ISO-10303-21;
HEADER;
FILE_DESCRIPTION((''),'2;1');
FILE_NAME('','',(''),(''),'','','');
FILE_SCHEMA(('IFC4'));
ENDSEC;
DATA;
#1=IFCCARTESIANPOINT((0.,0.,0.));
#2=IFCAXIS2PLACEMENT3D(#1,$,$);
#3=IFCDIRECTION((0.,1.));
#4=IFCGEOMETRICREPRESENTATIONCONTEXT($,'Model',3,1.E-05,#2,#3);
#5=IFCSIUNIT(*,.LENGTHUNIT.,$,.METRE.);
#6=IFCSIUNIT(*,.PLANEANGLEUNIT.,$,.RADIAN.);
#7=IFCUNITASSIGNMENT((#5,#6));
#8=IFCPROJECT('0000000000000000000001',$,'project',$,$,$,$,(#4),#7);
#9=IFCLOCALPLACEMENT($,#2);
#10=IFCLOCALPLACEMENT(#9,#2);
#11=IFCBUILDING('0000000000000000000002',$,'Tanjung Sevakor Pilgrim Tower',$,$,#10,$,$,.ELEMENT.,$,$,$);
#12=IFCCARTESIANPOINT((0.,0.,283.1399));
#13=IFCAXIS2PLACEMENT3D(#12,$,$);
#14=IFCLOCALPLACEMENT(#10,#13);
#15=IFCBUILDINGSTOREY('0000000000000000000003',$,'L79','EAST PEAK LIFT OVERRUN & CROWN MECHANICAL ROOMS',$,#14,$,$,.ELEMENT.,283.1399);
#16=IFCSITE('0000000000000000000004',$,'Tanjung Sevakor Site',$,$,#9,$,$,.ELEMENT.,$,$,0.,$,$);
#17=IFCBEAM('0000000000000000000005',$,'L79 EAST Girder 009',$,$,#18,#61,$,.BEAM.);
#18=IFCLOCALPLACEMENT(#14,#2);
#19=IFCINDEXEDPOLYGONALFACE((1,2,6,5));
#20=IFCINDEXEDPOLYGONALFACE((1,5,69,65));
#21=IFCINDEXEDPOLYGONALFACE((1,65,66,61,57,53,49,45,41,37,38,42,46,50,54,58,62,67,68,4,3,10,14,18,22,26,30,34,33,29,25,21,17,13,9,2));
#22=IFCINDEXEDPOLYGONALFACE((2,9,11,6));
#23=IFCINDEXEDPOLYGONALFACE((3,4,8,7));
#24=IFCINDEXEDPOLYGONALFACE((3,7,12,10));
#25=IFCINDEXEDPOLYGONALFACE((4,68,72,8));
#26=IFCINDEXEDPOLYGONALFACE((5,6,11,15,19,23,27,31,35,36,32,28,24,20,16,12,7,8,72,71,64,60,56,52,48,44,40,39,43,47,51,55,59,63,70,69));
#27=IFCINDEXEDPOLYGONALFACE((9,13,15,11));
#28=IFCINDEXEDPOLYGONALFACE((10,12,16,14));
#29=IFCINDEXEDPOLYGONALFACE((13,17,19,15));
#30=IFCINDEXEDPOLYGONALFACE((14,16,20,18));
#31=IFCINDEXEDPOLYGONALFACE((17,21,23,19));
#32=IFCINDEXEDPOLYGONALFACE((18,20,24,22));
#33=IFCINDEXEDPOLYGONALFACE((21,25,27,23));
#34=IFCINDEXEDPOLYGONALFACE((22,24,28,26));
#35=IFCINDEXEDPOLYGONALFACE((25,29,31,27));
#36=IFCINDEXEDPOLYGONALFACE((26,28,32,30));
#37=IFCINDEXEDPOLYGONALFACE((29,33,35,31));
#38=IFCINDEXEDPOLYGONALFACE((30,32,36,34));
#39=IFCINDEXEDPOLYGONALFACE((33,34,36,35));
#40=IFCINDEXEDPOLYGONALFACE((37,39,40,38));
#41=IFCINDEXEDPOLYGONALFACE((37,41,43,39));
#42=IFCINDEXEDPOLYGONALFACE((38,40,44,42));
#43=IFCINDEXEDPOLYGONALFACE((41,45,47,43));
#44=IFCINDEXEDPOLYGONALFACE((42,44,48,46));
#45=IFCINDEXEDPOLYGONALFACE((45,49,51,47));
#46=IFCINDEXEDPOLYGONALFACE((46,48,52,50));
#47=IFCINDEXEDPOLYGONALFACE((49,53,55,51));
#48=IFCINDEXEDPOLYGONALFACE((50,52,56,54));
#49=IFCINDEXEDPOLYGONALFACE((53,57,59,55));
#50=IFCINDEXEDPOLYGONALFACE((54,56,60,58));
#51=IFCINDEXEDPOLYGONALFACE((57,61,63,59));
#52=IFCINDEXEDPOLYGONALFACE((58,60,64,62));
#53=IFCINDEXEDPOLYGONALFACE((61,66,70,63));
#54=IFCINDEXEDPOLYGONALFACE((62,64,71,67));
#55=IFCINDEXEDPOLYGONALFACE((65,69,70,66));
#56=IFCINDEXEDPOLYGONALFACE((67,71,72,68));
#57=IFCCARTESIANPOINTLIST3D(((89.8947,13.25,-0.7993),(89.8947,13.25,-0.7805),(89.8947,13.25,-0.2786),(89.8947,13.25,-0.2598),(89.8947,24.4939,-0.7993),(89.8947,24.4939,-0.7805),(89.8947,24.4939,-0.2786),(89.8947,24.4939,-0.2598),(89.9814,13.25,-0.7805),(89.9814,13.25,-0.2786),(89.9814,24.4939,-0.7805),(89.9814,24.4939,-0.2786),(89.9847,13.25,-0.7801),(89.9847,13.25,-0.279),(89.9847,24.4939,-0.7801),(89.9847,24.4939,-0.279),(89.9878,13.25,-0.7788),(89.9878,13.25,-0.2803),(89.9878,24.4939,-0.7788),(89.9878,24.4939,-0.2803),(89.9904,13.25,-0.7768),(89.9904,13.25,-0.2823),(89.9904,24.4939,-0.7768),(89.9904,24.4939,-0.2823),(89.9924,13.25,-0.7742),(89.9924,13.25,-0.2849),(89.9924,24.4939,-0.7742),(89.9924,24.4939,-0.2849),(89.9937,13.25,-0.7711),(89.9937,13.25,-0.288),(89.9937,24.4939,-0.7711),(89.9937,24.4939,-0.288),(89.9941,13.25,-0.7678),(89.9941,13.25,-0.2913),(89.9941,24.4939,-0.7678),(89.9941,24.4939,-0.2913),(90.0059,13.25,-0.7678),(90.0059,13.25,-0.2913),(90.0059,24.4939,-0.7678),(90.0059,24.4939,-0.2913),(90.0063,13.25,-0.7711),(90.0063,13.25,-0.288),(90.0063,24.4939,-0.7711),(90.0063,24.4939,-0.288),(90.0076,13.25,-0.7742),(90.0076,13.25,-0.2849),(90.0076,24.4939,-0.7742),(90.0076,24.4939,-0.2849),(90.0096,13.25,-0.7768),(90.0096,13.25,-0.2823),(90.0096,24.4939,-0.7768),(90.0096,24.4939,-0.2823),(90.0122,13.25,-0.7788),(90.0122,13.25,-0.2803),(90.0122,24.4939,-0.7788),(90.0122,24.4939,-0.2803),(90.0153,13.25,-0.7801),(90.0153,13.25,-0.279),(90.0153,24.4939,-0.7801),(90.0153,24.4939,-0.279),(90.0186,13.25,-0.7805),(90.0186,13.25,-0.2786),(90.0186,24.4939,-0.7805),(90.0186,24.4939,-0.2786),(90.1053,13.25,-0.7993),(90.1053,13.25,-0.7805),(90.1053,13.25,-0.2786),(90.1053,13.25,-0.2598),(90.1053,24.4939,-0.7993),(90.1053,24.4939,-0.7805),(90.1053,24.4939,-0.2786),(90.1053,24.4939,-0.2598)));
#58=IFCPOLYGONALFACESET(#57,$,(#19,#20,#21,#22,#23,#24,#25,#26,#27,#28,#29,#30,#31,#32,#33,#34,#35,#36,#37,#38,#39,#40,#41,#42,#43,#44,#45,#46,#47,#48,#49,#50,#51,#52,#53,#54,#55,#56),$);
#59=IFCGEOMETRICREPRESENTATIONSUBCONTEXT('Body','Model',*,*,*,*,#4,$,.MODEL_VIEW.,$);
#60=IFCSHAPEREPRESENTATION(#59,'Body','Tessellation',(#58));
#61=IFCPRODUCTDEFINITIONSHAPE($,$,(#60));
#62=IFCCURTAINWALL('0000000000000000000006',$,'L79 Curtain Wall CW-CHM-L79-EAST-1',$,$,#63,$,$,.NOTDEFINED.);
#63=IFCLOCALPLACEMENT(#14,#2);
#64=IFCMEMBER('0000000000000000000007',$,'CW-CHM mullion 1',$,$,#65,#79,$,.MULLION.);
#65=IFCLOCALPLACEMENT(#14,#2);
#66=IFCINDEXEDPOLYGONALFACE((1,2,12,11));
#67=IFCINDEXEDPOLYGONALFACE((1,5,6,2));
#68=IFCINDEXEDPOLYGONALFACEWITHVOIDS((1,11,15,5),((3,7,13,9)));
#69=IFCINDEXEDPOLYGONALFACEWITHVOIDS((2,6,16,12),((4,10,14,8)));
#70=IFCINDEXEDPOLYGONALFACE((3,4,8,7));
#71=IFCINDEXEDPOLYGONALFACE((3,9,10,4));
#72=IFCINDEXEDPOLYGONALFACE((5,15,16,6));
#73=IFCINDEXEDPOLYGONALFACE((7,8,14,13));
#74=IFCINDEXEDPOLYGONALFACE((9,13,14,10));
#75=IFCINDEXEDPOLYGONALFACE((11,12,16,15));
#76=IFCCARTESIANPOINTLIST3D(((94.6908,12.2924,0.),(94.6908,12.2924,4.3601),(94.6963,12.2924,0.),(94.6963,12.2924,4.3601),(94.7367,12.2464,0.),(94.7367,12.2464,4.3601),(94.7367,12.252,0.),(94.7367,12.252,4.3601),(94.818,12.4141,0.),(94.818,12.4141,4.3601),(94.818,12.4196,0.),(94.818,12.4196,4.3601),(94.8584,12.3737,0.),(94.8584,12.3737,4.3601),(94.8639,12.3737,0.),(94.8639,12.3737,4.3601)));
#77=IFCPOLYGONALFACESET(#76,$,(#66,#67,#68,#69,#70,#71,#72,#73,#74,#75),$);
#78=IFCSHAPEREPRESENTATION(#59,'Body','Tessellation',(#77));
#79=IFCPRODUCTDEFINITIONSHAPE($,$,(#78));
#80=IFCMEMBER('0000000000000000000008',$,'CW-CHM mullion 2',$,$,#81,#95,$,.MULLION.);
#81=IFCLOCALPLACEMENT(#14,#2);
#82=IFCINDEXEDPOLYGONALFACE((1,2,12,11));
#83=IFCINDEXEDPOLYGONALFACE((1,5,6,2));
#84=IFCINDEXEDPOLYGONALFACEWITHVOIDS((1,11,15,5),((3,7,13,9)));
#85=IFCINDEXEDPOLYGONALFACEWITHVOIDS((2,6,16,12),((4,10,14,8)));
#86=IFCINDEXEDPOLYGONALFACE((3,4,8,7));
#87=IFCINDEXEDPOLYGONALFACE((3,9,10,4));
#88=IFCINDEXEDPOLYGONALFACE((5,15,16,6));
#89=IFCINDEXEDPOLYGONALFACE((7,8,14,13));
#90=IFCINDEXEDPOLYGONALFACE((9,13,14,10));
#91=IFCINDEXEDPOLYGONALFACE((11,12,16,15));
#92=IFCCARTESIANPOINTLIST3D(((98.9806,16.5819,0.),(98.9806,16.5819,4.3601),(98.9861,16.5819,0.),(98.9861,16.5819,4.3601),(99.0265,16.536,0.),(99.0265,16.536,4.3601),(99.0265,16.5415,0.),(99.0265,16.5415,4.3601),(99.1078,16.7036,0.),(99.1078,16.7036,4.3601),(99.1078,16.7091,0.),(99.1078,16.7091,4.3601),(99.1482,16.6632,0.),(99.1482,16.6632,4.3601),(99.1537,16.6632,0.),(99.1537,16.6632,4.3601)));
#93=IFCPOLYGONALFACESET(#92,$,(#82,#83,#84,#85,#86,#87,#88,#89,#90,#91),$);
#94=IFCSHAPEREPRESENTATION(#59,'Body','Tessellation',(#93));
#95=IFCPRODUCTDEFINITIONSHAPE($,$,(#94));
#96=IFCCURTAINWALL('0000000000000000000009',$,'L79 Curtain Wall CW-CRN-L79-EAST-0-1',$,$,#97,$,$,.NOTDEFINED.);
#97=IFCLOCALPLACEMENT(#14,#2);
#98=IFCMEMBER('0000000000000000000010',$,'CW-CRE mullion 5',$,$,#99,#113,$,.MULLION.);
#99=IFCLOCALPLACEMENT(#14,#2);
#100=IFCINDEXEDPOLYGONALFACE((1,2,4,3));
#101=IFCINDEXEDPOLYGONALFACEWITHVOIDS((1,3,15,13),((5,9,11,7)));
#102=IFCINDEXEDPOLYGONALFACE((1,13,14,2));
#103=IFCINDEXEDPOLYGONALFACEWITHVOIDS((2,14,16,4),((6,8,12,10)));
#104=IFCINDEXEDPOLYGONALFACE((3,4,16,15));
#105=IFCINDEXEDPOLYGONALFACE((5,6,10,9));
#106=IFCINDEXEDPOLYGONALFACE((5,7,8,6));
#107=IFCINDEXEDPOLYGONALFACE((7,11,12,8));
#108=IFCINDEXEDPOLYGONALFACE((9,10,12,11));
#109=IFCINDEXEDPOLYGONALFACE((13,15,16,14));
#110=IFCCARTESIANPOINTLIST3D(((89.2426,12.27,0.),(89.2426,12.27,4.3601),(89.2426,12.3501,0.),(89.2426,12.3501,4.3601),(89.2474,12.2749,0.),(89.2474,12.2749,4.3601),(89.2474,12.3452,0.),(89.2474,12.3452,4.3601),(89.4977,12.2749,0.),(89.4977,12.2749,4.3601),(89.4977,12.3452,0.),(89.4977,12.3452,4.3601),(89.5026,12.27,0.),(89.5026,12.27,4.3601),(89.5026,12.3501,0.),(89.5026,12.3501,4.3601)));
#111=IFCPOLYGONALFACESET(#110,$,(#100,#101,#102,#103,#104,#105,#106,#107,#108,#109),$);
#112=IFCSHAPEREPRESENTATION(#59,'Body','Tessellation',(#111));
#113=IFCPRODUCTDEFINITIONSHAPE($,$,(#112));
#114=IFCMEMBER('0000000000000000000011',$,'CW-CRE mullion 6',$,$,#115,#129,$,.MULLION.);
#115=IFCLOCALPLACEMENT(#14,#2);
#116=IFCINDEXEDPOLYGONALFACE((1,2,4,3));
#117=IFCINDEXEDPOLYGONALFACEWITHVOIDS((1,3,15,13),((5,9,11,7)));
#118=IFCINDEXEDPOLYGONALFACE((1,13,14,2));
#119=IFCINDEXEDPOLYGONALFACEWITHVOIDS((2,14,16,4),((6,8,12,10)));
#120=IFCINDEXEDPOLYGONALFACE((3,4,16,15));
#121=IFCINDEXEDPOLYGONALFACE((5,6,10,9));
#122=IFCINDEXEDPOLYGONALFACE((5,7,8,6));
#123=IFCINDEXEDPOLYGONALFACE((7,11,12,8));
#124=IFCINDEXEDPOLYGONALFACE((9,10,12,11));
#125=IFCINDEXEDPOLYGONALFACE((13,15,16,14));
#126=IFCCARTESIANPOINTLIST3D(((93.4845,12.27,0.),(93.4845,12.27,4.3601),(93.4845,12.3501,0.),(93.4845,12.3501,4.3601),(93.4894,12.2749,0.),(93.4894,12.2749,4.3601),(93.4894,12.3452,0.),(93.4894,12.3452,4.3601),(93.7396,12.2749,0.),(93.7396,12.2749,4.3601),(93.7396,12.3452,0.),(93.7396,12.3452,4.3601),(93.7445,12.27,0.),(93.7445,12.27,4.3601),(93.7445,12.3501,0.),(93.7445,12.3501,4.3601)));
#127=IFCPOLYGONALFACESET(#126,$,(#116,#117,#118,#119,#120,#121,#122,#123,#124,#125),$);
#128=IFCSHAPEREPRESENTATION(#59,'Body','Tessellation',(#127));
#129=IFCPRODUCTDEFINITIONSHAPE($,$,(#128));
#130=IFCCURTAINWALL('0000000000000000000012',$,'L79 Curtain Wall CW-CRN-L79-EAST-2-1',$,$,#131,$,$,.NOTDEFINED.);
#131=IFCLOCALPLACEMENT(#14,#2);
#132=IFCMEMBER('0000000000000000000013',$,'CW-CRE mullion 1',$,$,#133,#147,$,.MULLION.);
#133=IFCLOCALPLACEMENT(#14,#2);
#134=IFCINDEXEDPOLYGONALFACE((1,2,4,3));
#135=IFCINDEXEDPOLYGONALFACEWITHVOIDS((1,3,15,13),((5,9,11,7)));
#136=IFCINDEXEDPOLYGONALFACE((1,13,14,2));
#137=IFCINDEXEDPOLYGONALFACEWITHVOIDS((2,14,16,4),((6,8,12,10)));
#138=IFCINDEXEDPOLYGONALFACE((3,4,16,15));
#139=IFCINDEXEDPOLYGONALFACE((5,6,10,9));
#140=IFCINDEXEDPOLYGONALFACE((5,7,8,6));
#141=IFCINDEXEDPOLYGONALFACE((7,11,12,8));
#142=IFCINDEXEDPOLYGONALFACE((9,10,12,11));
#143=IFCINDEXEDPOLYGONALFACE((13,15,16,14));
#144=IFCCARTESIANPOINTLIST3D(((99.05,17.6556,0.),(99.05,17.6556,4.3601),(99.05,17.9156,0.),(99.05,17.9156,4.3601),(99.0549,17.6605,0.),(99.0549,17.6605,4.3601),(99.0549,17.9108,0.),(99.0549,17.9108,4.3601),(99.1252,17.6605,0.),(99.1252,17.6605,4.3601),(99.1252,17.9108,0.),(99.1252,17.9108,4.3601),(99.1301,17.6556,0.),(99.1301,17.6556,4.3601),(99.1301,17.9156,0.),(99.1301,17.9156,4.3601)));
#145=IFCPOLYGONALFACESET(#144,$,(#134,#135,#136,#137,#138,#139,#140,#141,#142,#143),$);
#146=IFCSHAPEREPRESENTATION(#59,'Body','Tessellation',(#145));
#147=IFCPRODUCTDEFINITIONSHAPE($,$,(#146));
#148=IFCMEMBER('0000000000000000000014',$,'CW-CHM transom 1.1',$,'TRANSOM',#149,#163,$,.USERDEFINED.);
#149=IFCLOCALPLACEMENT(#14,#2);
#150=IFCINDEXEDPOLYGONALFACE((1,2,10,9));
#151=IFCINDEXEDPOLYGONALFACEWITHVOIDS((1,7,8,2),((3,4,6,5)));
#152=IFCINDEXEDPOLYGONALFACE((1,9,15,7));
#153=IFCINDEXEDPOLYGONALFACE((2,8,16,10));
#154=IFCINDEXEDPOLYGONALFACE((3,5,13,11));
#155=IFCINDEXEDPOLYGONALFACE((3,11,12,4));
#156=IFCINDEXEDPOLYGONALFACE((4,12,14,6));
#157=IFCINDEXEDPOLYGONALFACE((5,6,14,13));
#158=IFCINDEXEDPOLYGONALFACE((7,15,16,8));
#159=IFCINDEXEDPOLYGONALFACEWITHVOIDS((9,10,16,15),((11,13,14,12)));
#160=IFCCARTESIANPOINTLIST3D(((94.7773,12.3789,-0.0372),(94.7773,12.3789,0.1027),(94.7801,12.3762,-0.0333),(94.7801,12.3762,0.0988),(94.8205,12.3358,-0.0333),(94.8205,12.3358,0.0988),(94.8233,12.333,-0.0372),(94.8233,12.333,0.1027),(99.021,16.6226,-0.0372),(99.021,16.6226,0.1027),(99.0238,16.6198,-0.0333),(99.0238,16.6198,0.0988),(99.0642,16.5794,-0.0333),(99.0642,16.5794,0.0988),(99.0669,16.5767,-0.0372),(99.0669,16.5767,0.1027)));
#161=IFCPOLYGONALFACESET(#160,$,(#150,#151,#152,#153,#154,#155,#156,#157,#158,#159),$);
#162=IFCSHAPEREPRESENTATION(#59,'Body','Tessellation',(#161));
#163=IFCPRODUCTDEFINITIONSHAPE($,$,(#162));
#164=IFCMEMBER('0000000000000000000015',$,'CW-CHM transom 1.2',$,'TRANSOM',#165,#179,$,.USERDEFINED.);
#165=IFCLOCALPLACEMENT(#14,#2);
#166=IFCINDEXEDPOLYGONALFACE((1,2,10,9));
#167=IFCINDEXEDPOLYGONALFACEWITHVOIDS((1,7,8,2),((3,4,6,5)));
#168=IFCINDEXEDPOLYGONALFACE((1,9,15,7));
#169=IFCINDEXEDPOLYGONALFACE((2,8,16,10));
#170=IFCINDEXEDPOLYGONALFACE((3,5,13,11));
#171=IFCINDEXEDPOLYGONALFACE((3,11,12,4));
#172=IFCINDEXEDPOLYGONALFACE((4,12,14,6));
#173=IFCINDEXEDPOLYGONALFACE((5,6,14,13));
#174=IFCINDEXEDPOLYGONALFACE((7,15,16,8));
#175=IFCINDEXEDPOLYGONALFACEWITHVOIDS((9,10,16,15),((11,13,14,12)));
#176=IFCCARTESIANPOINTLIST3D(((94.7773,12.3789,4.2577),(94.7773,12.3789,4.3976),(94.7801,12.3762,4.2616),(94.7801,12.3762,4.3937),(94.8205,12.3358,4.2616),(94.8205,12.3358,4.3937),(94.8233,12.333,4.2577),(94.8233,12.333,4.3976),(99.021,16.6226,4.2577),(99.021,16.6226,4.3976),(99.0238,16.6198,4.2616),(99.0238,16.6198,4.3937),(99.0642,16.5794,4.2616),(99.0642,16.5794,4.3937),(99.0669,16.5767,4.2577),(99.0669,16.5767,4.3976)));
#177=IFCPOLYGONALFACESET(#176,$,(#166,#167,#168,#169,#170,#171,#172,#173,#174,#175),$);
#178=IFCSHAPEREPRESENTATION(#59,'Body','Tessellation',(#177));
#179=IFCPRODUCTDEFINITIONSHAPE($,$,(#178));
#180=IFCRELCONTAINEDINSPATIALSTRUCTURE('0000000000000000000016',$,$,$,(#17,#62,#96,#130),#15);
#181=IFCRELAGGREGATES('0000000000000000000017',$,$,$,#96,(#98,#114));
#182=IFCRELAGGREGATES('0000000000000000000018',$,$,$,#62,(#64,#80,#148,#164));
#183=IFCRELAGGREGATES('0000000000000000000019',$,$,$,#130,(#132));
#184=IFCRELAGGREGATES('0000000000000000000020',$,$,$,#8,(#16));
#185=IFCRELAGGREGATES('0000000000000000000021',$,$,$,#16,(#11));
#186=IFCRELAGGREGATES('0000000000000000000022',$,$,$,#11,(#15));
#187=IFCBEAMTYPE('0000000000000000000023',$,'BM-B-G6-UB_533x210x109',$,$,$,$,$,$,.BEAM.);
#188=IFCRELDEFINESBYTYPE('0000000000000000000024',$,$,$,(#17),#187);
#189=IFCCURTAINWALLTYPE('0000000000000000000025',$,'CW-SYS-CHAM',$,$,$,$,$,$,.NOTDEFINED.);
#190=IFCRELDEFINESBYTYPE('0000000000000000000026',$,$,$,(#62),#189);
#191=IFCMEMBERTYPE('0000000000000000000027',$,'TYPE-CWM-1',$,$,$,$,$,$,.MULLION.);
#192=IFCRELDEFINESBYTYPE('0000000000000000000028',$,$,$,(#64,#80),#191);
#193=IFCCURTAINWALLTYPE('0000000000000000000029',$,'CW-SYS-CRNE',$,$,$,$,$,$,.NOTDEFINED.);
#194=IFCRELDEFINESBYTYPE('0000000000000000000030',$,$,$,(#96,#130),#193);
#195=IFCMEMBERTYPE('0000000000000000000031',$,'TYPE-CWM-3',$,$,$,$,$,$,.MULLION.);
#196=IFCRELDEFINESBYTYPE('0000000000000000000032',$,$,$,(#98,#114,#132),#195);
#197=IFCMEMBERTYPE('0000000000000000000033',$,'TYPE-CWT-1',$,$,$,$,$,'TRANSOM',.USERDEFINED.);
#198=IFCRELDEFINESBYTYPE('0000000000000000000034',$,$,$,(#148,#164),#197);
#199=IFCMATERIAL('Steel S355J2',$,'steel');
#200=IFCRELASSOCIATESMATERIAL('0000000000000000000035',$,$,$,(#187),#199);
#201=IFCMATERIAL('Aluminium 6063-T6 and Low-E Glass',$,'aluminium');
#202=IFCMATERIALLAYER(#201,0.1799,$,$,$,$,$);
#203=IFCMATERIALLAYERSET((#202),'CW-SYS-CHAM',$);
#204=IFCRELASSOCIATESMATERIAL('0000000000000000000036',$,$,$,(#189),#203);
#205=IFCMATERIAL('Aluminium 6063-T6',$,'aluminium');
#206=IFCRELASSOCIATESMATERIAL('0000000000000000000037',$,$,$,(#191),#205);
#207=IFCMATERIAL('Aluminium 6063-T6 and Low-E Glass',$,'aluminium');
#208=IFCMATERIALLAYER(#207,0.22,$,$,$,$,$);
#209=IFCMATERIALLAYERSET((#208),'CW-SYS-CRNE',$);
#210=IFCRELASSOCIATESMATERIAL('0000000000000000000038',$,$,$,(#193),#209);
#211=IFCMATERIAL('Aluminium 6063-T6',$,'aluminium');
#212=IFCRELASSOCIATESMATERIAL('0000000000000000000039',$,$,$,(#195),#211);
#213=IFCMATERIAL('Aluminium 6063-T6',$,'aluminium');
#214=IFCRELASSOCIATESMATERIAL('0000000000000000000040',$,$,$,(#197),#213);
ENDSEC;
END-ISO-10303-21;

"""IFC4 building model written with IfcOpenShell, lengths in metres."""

from ifc_helpers import new_model, si_unit, direction, frame, origin, origin_2d, place, context, subcontext, project, spatial, hollow_rectangle, i_section, extrude, material, layer, layer_set, material_profile, profile_set, type_object, element, aggregate, save


model = new_model("IFC4")

# Units and contexts
model_context = context("Model", 3, precision=1e-05, world=origin(), true_north=direction((0.0, 1.0)))
body_context = subcontext(model_context, "Body", "Model", "MODEL_VIEW")
ifc_project = project(units=[si_unit("LENGTHUNIT", "METRE"), si_unit("PLANEANGLEUNIT", "RADIAN")], contexts=[model_context])

# Site, building, storey
site_placement = place(None, origin())
site = spatial("IfcSite", under=ifc_project, at=site_placement, Name="Tanjung Sevakor Site", CompositionType="ELEMENT", RefElevation=0.0)
building_placement = place(site_placement, origin())
building = spatial("IfcBuilding", under=site, at=building_placement, Name="Tanjung Sevakor Pilgrim Tower", CompositionType="ELEMENT")
storey_placement = place(building_placement, frame((0.0, 0.0, 283.1399)))
storey = spatial("IfcBuildingStorey", under=building, at=storey_placement, Name="L79", Description="EAST PEAK LIFT OVERRUN & CROWN MECHANICAL ROOMS", CompositionType="ELEMENT", Elevation=283.1399)

# Beam
ifc_material_1 = material(Name="Steel S355J2", Category="steel")
ifc_material_profile_1 = material_profile(ifc_material_1, i_section(OverallWidth=0.2107, OverallDepth=0.5396, WebThickness=0.0117, FlangeThickness=0.0188, FilletRadius=0.0127, at=origin_2d()))
ifc_profile_set_1 = profile_set([ifc_material_profile_1], Name="Steel S355J2")
beam_type_1 = type_object("IfcBeamType", Name="BM-B-G6-UB_533x210x109", PredefinedType="BEAM", material=ifc_profile_set_1)
beam_1_placement = place(storey_placement, frame((90.0, 13.25, -0.5295), z_axis=(0.0, 1.0, 0.0), x_axis=(-1.0, 0.0, 0.0)))
element("IfcBeam", 1, at=beam_1_placement, inside=storey, type_object=beam_type_1, Name="L79 EAST Girder 009", PredefinedType="BEAM", context=body_context, shape_type="SweptSolid", body=[
    extrude(i_section(OverallWidth=0.2107, OverallDepth=0.5396, WebThickness=0.0117, FlangeThickness=0.0188, FilletRadius=0.0127, at=origin_2d()), origin(), (0.0, 0.0, 1.0), 11.2439),
])

# Curtain walls, members
ifc_material_2 = material(Name="Aluminium 6063-T6 and Low-E Glass", Category="aluminium")
ifc_layer_1 = layer(ifc_material_2, 0.1799)
ifc_layer_set_1 = layer_set([ifc_layer_1], Name="CW-SYS-CHAM")
curtain_wall_type_1 = type_object("IfcCurtainWallType", Name="CW-SYS-CHAM", PredefinedType="NOTDEFINED", material=ifc_layer_set_1)
curtain_wall_1_placement = place(storey_placement, origin())
curtain_wall_1 = element("IfcCurtainWall", 2, at=curtain_wall_1_placement, inside=storey, type_object=curtain_wall_type_1, Name="L79 Curtain Wall CW-CHM-L79-EAST-1", PredefinedType="NOTDEFINED")
ifc_material_3 = material(Name="Aluminium 6063-T6", Category="aluminium")
ifc_material_profile_2 = material_profile(ifc_material_3, hollow_rectangle(XDim=0.0649, YDim=0.1799, WallThickness=0.0039, at=origin_2d()))
ifc_profile_set_2 = profile_set([ifc_material_profile_2], Name="Aluminium 6063-T6")
member_type_1 = type_object("IfcMemberType", Name="TYPE-CWM-1", PredefinedType="MULLION", material=ifc_profile_set_2)
member_1_placement = place(storey_placement, frame((94.7773, 12.333, 0.0), z_axis=(0.0, 0.0, 1.0), x_axis=(-0.707107, 0.707107, 0.0)))
member_1 = element("IfcMember", 3, at=member_1_placement, type_object=member_type_1, Name="CW-CHM mullion 1", PredefinedType="MULLION", context=body_context, shape_type="SweptSolid", body=[
    extrude(hollow_rectangle(XDim=0.0649, YDim=0.1799, WallThickness=0.0039, at=origin_2d()), origin(), (0.0, 0.0, 1.0), 4.3601),
])
member_2_placement = place(storey_placement, frame((99.0671, 16.6226, 0.0), z_axis=(0.0, 0.0, 1.0), x_axis=(-0.707107, 0.707107, 0.0)))
member_2 = element("IfcMember", 4, at=member_2_placement, type_object=member_type_1, Name="CW-CHM mullion 2", PredefinedType="MULLION", context=body_context, shape_type="SweptSolid", body=[
    extrude(hollow_rectangle(XDim=0.0649, YDim=0.1799, WallThickness=0.0039, at=origin_2d()), origin(), (0.0, 0.0, 1.0), 4.3601),
])
ifc_material_4 = material(Name="Aluminium 6063-T6 and Low-E Glass", Category="aluminium")
ifc_layer_2 = layer(ifc_material_4, 0.22)
ifc_layer_set_2 = layer_set([ifc_layer_2], Name="CW-SYS-CRNE")
curtain_wall_type_2 = type_object("IfcCurtainWallType", Name="CW-SYS-CRNE", PredefinedType="NOTDEFINED", material=ifc_layer_set_2)
curtain_wall_2_placement = place(storey_placement, origin())
curtain_wall_2 = element("IfcCurtainWall", 5, at=curtain_wall_2_placement, inside=storey, type_object=curtain_wall_type_2, Name="L79 Curtain Wall CW-CRN-L79-EAST-0-1", PredefinedType="NOTDEFINED")
ifc_material_5 = material(Name="Aluminium 6063-T6", Category="aluminium")
ifc_material_profile_3 = material_profile(ifc_material_5, hollow_rectangle(XDim=0.0801, YDim=0.26, WallThickness=0.0049, at=origin_2d()))
ifc_profile_set_3 = profile_set([ifc_material_profile_3], Name="Aluminium 6063-T6")
member_type_2 = type_object("IfcMemberType", Name="TYPE-CWM-3", PredefinedType="MULLION", material=ifc_profile_set_3)
member_3_placement = place(storey_placement, frame((89.3726, 12.3101, 0.0), z_axis=(0.0, 0.0, 1.0), x_axis=(0.0, 1.0, 0.0)))
member_3 = element("IfcMember", 6, at=member_3_placement, type_object=member_type_2, Name="CW-CRE mullion 5", PredefinedType="MULLION", context=body_context, shape_type="SweptSolid", body=[
    extrude(hollow_rectangle(XDim=0.0801, YDim=0.26, WallThickness=0.0049, at=origin_2d()), origin(), (0.0, 0.0, 1.0), 4.3601),
])
member_4_placement = place(storey_placement, frame((93.6145, 12.3101, 0.0), z_axis=(0.0, 0.0, 1.0), x_axis=(0.0, 1.0, 0.0)))
member_4 = element("IfcMember", 7, at=member_4_placement, type_object=member_type_2, Name="CW-CRE mullion 6", PredefinedType="MULLION", context=body_context, shape_type="SweptSolid", body=[
    extrude(hollow_rectangle(XDim=0.0801, YDim=0.26, WallThickness=0.0049, at=origin_2d()), origin(), (0.0, 0.0, 1.0), 4.3601),
])

# Curtain wall, member
curtain_wall_3_placement = place(storey_placement, origin())
curtain_wall_3 = element("IfcCurtainWall", 8, at=curtain_wall_3_placement, inside=storey, type_object=curtain_wall_type_2, Name="L79 Curtain Wall CW-CRN-L79-EAST-2-1", PredefinedType="NOTDEFINED")
member_5_placement = place(storey_placement, frame((99.0901, 17.7856, 0.0), z_axis=(0.0, 0.0, 1.0), x_axis=(-1.0, 0.0, 0.0)))
member_5 = element("IfcMember", 9, at=member_5_placement, type_object=member_type_2, Name="CW-CRE mullion 1", PredefinedType="MULLION", context=body_context, shape_type="SweptSolid", body=[
    extrude(hollow_rectangle(XDim=0.0801, YDim=0.26, WallThickness=0.0049, at=origin_2d()), origin(), (0.0, 0.0, 1.0), 4.3601),
])

# Members
ifc_material_6 = material(Name="Aluminium 6063-T6", Category="aluminium")
ifc_material_profile_4 = material_profile(ifc_material_6, hollow_rectangle(XDim=0.0649, YDim=0.1399, WallThickness=0.0039, at=origin_2d()))
ifc_profile_set_4 = profile_set([ifc_material_profile_4], Name="Aluminium 6063-T6")
member_type_3 = type_object("IfcMemberType", Name="TYPE-CWT-1", ElementType="TRANSOM", PredefinedType="USERDEFINED", material=ifc_profile_set_4)
member_6_placement = place(storey_placement, frame((94.8003, 12.356, 0.0327), z_axis=(0.707107, 0.707107, 0.0), x_axis=(-0.707107, 0.707107, 0.0)))
member_6 = element("IfcMember", 10, at=member_6_placement, type_object=member_type_3, Name="CW-CHM transom 1.1", ObjectType="TRANSOM", PredefinedType="USERDEFINED", context=body_context, shape_type="SweptSolid", body=[
    extrude(hollow_rectangle(XDim=0.0649, YDim=0.1399, WallThickness=0.0039, at=origin_2d()), origin(), (0.0, 0.0, 1.0), 6.0015),
])
member_7_placement = place(storey_placement, frame((94.8003, 12.356, 4.3276), z_axis=(0.707107, 0.707107, 0.0), x_axis=(-0.707107, 0.707107, 0.0)))
member_7 = element("IfcMember", 11, at=member_7_placement, type_object=member_type_3, Name="CW-CHM transom 1.2", ObjectType="TRANSOM", PredefinedType="USERDEFINED", context=body_context, shape_type="SweptSolid", body=[
    extrude(hollow_rectangle(XDim=0.0649, YDim=0.1399, WallThickness=0.0039, at=origin_2d()), origin(), (0.0, 0.0, 1.0), 6.0015),
])

aggregate(curtain_wall_2, [member_3, member_4])
aggregate(curtain_wall_1, [member_1, member_2, member_6, member_7])
aggregate(curtain_wall_3, [member_5])

save(model, "model.ifc")
